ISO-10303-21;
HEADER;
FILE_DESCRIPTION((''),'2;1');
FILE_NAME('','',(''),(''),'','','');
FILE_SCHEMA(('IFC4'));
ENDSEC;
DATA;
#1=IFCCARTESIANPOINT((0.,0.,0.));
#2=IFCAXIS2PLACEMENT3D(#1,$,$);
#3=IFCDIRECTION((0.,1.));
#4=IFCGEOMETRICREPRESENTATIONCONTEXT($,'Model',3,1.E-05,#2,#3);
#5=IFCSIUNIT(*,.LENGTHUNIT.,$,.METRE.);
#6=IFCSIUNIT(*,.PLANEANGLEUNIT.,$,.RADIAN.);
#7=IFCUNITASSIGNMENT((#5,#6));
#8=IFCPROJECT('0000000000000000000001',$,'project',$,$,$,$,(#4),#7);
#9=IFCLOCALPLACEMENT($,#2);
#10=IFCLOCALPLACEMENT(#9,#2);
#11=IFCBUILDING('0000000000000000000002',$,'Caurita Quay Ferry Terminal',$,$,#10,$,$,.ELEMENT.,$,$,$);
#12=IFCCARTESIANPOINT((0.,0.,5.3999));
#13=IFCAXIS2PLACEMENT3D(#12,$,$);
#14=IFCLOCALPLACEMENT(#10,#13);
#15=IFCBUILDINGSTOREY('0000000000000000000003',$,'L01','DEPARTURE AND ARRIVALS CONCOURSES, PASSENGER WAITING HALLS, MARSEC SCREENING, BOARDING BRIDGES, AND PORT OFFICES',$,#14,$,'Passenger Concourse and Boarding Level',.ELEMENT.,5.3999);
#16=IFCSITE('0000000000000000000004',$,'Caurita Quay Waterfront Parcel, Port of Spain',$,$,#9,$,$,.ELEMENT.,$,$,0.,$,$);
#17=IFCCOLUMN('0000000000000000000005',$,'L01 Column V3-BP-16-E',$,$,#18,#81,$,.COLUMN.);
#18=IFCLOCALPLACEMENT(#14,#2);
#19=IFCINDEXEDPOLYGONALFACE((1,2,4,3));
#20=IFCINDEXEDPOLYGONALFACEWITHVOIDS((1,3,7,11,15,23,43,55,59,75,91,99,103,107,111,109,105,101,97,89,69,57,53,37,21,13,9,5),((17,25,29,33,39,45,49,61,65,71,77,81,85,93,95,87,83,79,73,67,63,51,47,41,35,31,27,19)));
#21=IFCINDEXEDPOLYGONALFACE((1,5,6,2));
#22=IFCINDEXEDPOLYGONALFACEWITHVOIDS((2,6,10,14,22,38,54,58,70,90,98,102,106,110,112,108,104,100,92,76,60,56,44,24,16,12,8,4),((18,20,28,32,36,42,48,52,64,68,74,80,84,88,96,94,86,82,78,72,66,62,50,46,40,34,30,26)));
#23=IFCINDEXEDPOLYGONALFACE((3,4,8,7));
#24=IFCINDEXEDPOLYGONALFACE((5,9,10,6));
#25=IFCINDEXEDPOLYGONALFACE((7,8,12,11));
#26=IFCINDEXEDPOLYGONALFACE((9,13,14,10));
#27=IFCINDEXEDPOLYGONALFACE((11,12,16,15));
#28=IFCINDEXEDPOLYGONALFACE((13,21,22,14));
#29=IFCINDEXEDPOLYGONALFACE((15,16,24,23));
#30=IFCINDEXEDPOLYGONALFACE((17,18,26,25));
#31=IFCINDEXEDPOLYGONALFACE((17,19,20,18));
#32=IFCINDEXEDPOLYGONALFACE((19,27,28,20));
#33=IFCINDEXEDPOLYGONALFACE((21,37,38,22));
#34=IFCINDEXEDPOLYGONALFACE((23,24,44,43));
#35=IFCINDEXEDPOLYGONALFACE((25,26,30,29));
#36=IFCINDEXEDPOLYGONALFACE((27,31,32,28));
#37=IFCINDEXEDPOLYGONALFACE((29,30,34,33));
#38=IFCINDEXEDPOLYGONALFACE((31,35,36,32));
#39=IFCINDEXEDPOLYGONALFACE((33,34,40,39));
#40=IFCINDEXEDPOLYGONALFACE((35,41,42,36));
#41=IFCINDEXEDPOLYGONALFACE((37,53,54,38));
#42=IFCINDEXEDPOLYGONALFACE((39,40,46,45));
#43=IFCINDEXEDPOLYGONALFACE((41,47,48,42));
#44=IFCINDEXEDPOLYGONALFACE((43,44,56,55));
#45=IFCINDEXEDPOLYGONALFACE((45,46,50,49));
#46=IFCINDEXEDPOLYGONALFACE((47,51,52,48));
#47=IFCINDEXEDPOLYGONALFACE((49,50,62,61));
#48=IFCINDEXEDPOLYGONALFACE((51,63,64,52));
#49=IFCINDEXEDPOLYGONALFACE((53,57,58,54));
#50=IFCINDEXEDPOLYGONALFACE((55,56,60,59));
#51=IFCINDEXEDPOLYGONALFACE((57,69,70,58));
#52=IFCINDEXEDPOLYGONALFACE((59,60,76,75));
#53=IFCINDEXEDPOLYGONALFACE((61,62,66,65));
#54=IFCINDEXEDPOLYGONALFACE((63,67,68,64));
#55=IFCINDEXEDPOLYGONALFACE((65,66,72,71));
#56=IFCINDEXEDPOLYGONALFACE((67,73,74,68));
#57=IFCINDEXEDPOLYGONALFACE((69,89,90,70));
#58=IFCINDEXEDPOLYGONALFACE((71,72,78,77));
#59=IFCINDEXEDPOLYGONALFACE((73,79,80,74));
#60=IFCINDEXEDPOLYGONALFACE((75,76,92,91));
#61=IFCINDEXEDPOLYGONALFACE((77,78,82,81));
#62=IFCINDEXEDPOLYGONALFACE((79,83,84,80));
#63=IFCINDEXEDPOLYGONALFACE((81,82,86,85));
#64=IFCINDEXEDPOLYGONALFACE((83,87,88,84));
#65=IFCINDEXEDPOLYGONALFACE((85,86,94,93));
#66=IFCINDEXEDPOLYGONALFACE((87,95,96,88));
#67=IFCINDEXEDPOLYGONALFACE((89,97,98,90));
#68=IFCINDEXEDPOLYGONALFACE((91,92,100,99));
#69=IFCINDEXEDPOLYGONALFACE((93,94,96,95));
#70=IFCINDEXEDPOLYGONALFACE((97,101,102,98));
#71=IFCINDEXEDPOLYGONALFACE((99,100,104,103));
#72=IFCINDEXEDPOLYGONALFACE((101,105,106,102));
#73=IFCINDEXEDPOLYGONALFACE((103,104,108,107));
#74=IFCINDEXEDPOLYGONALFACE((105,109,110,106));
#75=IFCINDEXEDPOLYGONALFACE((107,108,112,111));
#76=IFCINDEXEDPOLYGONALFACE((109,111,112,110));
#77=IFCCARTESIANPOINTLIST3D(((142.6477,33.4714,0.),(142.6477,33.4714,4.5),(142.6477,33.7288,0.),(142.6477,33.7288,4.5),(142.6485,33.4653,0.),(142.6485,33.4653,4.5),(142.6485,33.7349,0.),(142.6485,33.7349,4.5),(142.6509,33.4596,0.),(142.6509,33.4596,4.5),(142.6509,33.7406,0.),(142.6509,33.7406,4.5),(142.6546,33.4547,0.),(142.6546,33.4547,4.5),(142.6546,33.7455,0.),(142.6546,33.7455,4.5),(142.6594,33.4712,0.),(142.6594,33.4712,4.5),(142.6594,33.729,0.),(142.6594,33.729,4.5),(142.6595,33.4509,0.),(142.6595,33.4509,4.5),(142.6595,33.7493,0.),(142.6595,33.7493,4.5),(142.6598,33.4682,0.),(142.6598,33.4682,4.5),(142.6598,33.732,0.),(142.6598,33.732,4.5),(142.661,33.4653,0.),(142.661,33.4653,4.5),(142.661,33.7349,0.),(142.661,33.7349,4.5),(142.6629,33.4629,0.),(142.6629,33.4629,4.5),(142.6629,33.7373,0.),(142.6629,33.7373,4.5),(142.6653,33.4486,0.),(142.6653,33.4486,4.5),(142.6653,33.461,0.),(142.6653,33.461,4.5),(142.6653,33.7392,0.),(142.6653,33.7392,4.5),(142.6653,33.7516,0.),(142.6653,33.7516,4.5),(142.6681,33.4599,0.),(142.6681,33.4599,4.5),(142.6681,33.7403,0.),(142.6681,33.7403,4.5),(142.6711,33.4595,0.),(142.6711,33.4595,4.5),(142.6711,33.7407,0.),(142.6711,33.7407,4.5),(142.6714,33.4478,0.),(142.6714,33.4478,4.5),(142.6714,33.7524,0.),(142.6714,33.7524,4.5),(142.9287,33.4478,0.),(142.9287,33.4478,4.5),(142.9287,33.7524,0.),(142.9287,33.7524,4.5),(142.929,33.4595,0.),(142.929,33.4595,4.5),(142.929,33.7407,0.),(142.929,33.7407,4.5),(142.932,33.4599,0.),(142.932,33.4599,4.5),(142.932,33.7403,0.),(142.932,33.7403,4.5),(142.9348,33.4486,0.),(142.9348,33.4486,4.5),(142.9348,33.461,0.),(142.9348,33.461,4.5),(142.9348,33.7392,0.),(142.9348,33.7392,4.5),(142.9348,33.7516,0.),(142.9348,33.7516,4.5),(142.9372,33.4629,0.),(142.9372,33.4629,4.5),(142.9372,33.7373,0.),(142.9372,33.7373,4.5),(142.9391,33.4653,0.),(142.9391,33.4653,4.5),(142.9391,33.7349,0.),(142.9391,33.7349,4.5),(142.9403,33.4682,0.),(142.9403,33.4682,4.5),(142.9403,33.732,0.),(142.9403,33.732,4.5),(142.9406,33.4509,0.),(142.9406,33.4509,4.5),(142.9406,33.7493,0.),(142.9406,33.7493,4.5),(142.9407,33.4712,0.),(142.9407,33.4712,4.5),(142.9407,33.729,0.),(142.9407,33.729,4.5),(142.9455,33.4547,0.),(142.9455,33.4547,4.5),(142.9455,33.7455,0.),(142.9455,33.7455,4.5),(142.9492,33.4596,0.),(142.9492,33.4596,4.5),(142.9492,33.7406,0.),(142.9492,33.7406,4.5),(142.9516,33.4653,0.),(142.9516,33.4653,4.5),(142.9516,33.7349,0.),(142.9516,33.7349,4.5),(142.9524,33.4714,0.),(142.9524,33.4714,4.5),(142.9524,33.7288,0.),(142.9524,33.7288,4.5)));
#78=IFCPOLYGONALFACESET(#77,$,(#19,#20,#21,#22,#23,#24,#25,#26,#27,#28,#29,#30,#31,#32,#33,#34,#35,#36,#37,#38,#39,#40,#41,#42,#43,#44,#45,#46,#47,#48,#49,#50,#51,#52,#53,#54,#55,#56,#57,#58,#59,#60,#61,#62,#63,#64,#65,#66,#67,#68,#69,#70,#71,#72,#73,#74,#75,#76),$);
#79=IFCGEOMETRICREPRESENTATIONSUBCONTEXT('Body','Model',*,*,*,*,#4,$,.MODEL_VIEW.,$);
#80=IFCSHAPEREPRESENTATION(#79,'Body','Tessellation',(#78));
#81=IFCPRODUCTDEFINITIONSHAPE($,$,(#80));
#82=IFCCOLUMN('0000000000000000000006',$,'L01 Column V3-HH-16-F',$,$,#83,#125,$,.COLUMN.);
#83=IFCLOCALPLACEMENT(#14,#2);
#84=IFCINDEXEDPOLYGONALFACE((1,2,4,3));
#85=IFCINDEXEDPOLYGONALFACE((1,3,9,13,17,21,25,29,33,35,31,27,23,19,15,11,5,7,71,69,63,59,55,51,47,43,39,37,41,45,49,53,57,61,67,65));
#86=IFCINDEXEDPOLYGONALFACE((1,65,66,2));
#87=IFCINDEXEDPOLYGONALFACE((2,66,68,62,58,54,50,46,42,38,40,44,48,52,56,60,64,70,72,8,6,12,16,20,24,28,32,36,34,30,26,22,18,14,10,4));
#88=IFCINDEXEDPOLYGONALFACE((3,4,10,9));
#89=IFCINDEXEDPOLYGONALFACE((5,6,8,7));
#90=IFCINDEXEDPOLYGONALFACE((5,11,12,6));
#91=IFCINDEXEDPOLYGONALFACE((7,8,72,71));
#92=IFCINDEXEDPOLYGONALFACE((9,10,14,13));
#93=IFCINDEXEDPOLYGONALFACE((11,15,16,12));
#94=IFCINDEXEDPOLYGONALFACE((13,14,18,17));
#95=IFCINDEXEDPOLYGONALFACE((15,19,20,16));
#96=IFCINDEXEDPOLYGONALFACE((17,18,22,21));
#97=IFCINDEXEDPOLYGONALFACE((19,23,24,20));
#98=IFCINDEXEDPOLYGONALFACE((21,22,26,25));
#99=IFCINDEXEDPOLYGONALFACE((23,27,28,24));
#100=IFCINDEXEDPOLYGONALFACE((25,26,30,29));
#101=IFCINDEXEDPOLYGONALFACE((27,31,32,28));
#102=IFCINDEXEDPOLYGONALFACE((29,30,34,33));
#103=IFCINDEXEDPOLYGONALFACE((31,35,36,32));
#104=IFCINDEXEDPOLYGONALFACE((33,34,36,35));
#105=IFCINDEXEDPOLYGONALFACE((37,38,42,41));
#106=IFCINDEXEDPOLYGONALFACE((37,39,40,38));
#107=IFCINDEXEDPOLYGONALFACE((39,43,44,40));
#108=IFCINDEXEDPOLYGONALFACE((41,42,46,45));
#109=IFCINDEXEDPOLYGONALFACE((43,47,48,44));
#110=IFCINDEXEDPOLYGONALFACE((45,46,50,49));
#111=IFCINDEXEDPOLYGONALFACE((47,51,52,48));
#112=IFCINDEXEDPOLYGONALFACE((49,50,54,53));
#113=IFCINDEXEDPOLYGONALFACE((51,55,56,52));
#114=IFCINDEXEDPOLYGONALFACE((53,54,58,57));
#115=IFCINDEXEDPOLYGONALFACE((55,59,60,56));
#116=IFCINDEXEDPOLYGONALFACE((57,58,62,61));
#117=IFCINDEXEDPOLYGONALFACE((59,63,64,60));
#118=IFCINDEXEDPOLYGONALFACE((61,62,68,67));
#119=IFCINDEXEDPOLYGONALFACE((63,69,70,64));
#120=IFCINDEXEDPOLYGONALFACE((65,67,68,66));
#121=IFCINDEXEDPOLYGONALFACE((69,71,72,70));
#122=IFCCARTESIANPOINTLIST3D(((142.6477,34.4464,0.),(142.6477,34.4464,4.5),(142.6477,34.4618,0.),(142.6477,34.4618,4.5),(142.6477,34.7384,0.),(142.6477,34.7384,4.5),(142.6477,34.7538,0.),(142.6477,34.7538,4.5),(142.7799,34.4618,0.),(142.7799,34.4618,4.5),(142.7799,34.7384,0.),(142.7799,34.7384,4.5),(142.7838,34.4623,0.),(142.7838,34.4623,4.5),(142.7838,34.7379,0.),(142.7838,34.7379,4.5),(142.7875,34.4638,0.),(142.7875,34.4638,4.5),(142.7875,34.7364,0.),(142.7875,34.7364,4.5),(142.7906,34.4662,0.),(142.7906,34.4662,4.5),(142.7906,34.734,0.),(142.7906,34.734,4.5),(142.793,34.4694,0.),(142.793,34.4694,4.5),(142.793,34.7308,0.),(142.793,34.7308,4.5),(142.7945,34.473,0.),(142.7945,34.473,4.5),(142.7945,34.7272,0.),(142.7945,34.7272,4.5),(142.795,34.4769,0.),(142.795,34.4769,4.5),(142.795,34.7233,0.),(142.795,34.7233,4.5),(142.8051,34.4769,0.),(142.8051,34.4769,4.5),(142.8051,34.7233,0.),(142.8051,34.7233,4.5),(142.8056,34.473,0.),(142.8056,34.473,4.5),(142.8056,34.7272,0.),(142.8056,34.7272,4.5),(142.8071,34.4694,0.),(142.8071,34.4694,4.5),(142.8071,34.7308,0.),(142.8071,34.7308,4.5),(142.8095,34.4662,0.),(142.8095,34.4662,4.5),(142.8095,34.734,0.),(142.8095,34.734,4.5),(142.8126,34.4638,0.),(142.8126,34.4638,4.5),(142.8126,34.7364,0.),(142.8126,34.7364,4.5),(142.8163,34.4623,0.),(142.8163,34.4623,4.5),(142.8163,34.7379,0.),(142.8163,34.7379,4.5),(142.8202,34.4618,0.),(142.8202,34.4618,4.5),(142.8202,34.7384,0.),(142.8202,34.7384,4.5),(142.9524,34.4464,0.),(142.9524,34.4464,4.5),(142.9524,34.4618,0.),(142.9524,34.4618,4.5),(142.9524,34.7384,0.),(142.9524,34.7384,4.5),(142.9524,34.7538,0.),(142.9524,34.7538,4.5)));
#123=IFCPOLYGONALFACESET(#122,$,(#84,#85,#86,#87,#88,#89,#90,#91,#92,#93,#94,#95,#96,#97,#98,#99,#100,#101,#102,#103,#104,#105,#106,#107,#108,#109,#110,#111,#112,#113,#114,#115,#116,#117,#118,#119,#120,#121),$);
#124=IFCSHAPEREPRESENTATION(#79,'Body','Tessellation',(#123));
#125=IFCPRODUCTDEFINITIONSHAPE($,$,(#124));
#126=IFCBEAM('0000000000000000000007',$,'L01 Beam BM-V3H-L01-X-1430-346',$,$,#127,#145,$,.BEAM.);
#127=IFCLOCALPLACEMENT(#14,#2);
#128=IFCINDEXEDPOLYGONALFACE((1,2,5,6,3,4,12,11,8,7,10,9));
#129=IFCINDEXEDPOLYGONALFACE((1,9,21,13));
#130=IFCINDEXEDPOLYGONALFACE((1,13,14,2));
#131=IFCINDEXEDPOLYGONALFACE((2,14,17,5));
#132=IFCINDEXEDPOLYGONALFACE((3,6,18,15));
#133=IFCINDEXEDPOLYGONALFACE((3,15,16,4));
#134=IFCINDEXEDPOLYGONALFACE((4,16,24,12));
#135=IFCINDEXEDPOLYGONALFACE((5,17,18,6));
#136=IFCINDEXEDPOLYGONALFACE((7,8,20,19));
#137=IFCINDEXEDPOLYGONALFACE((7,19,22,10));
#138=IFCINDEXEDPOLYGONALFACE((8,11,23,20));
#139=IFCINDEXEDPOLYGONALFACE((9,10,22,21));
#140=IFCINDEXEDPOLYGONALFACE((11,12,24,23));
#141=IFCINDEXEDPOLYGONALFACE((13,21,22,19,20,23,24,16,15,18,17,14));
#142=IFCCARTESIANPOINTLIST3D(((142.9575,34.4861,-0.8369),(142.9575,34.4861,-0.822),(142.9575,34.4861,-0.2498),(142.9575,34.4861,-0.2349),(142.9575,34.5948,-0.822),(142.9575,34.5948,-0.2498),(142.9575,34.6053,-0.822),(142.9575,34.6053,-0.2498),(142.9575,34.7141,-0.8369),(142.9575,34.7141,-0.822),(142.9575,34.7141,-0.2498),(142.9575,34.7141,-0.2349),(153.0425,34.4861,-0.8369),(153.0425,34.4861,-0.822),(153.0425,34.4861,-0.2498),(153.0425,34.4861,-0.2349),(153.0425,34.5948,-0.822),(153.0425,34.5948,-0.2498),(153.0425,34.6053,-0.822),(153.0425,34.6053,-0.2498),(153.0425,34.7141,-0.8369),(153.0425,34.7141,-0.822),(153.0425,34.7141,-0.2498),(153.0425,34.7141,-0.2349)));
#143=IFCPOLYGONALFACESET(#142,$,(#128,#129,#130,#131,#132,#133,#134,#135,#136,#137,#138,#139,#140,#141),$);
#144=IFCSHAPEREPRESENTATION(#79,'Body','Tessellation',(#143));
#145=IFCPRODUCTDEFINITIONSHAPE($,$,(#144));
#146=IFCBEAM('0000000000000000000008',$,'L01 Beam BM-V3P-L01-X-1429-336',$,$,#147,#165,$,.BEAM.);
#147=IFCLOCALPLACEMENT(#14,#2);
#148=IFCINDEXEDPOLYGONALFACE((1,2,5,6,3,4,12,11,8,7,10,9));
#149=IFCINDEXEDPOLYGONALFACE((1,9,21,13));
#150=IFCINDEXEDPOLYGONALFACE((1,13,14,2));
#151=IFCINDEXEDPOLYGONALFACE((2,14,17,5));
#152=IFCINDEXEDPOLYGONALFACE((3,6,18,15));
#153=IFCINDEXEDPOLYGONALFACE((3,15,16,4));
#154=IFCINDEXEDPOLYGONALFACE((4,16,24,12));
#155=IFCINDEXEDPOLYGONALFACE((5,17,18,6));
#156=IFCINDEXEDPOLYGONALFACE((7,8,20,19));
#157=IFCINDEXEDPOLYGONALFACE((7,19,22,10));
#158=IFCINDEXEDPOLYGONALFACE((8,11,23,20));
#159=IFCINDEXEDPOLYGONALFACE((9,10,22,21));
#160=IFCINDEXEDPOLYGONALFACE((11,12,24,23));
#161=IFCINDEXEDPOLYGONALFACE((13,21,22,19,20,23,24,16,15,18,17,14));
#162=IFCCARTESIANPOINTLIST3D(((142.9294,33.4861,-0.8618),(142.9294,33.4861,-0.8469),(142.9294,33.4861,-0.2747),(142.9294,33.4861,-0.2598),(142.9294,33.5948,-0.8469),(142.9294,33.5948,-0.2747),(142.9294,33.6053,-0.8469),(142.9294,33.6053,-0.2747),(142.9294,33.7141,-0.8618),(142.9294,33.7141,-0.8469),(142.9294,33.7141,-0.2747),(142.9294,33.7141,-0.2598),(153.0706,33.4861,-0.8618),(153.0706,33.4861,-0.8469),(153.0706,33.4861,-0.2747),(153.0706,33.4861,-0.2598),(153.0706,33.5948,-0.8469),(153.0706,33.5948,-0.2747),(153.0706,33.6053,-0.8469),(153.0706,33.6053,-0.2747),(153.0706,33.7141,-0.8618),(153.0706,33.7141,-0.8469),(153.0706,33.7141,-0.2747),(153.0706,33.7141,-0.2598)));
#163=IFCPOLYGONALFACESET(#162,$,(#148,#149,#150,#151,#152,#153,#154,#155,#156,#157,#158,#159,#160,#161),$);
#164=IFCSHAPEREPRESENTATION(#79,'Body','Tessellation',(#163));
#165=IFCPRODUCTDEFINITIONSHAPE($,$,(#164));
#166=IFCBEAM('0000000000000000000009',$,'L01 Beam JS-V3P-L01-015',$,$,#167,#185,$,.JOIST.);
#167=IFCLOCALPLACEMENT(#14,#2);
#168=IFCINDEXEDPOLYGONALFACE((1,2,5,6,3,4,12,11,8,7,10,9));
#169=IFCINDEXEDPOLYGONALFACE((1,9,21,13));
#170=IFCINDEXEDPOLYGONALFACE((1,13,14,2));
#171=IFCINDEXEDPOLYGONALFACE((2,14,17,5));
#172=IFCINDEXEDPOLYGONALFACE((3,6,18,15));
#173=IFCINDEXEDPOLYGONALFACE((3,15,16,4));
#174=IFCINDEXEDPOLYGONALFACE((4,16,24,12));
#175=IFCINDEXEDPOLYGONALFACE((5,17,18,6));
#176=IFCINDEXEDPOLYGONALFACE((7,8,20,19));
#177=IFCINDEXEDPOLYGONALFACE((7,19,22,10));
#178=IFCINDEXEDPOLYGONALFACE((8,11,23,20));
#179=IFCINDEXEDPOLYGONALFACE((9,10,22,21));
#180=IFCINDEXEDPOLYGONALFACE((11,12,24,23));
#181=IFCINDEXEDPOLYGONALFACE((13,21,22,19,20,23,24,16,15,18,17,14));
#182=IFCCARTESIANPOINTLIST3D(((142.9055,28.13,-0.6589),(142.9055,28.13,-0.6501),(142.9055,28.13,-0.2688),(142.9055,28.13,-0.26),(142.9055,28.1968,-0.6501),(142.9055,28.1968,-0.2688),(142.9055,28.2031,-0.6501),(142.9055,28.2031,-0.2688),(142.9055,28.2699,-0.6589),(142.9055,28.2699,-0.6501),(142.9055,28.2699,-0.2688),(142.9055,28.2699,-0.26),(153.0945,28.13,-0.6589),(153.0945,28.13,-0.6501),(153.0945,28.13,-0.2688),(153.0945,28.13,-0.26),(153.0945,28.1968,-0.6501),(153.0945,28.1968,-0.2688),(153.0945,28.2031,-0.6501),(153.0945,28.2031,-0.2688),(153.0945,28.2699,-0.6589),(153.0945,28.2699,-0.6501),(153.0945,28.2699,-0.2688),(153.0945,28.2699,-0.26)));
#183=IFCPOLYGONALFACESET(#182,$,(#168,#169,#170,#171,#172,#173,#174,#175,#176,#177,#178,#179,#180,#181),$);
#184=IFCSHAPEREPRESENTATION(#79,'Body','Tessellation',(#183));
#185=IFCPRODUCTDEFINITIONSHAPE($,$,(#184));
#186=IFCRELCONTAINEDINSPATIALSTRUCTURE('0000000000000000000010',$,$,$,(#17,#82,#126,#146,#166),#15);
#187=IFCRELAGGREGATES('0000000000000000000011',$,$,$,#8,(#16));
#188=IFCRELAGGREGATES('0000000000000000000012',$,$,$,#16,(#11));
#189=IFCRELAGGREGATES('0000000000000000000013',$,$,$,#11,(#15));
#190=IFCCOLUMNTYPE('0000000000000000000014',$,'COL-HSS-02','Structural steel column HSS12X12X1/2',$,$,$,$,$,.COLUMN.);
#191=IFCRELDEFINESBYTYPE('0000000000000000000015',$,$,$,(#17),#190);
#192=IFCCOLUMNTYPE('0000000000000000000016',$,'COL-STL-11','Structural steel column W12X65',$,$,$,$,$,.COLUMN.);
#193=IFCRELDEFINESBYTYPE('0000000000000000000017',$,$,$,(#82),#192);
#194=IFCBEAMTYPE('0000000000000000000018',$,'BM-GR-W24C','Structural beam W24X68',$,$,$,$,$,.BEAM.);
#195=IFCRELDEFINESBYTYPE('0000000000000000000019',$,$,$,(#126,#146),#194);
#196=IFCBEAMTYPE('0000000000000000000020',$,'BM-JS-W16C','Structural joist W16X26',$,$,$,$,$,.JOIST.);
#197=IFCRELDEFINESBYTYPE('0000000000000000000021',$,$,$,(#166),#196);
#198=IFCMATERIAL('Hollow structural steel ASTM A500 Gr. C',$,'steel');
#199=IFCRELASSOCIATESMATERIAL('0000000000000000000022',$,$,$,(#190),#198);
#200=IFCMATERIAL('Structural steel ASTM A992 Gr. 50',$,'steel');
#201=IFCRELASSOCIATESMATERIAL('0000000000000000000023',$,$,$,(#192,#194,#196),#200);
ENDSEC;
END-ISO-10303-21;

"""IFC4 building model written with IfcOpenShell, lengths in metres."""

from ifc_helpers import new_model, si_unit, direction, frame, origin, origin_2d, place, context, subcontext, project, spatial, hollow_rectangle, i_section, extrude, material, material_profile, profile_set, type_object, element, save


model = new_model("IFC4")

# Units and contexts
model_context = context("Model", 3, precision=1e-05, world=origin(), true_north=direction((0.0, 1.0)))
body_context = subcontext(model_context, "Body", "Model", "MODEL_VIEW")
ifc_project = project(units=[si_unit("LENGTHUNIT", "METRE"), si_unit("PLANEANGLEUNIT", "RADIAN")], contexts=[model_context])

# Site, building, storey
site_placement = place(None, origin())
site = spatial("IfcSite", under=ifc_project, at=site_placement, Name="Caurita Quay Waterfront Parcel, Port of Spain", CompositionType="ELEMENT", RefElevation=0.0)
building_placement = place(site_placement, origin())
building = spatial("IfcBuilding", under=site, at=building_placement, Name="Caurita Quay Ferry Terminal", CompositionType="ELEMENT")
storey_placement = place(building_placement, frame((0.0, 0.0, 5.3999)))
storey = spatial("IfcBuildingStorey", under=building, at=storey_placement, Name="L01", Description="DEPARTURE AND ARRIVALS CONCOURSES, PASSENGER WAITING HALLS, MARSEC SCREENING, BOARDING BRIDGES, AND PORT OFFICES", LongName="Passenger Concourse and Boarding Level", CompositionType="ELEMENT", Elevation=5.3999)

# Columns
ifc_material_1 = material(Name="Hollow structural steel ASTM A500 Gr. C", Category="steel")
ifc_material_profile_1 = material_profile(ifc_material_1, hollow_rectangle(XDim=0.3047, YDim=0.3047, WallThickness=0.0117, InnerFilletRadius=0.0117, OuterFilletRadius=0.0237, at=origin_2d()), Name="HSS12X12X1/2")
ifc_profile_set_1 = profile_set([ifc_material_profile_1], Name="Hollow structural steel ASTM A500 Gr. C")
column_type_1 = type_object("IfcColumnType", Name="COL-HSS-02", Description="Structural steel column HSS12X12X1/2", PredefinedType="COLUMN", material=ifc_profile_set_1)
column_1_placement = place(storey_placement, frame((142.8, 33.6001, 0.0), z_axis=(0.0, 0.0, 1.0), x_axis=(1.0, 0.0, 0.0)))
element("IfcColumn", 1, at=column_1_placement, inside=storey, type_object=column_type_1, Name="L01 Column V3-BP-16-E", PredefinedType="COLUMN", context=body_context, shape_type="SweptSolid", body=[
    extrude(hollow_rectangle(XDim=0.3047, YDim=0.3047, WallThickness=0.0117, InnerFilletRadius=0.0117, OuterFilletRadius=0.0237, at=origin_2d()), origin(), (0.0, 0.0, 1.0), 4.5),
])
ifc_material_2 = material(Name="Structural steel ASTM A992 Gr. 50", Category="steel")
ifc_material_profile_2 = material_profile(ifc_material_2, i_section(OverallWidth=0.3047, OverallDepth=0.3074, WebThickness=0.01, FlangeThickness=0.0154, FilletRadius=0.0151, at=origin_2d()), Name="W12X65")
ifc_profile_set_2 = profile_set([ifc_material_profile_2], Name="Structural steel ASTM A992 Gr. 50")
column_type_2 = type_object("IfcColumnType", Name="COL-STL-11", Description="Structural steel column W12X65", PredefinedType="COLUMN", material=ifc_profile_set_2)
column_2_placement = place(storey_placement, frame((142.8, 34.6001, 0.0), z_axis=(0.0, 0.0, 1.0), x_axis=(1.0, 0.0, 0.0)))
element("IfcColumn", 2, at=column_2_placement, inside=storey, type_object=column_type_2, Name="L01 Column V3-HH-16-F", PredefinedType="COLUMN", context=body_context, shape_type="SweptSolid", body=[
    extrude(i_section(OverallWidth=0.3047, OverallDepth=0.3074, WebThickness=0.01, FlangeThickness=0.0154, FilletRadius=0.0151, at=origin_2d()), origin(), (0.0, 0.0, 1.0), 4.5),
])

# Beams
ifc_material_profile_3 = material_profile(ifc_material_2, i_section(OverallWidth=0.228, OverallDepth=0.6021, WebThickness=0.0105, FlangeThickness=0.0149, at=origin_2d()), Name="W24X68")
ifc_profile_set_3 = profile_set([ifc_material_profile_3], Name="Structural steel ASTM A992 Gr. 50")
beam_type_1 = type_object("IfcBeamType", Name="BM-GR-W24C", Description="Structural beam W24X68", PredefinedType="BEAM", material=ifc_profile_set_3)
beam_1_placement = place(storey_placement, frame((142.9575, 34.6001, -0.5359), z_axis=(1.0, 0.0, 0.0), x_axis=(0.0, 1.0, 0.0)))
element("IfcBeam", 3, at=beam_1_placement, inside=storey, type_object=beam_type_1, Name="L01 Beam BM-V3H-L01-X-1430-346", PredefinedType="BEAM", context=body_context, shape_type="SweptSolid", body=[
    extrude(i_section(OverallWidth=0.228, OverallDepth=0.6021, WebThickness=0.0105, FlangeThickness=0.0149, at=origin_2d()), origin(), (0.0, 0.0, 1.0), 10.085),
])
beam_2_placement = place(storey_placement, frame((142.9294, 33.6001, -0.5608), z_axis=(1.0, 0.0, 0.0), x_axis=(0.0, 1.0, 0.0)))
element("IfcBeam", 4, at=beam_2_placement, inside=storey, type_object=beam_type_1, Name="L01 Beam BM-V3P-L01-X-1429-336", PredefinedType="BEAM", context=body_context, shape_type="SweptSolid", body=[
    extrude(i_section(OverallWidth=0.228, OverallDepth=0.6021, WebThickness=0.0105, FlangeThickness=0.0149, at=origin_2d()), origin(), (0.0, 0.0, 1.0), 10.1411),
])
ifc_material_profile_4 = material_profile(ifc_material_2, i_section(OverallWidth=0.1399, OverallDepth=0.3989, WebThickness=0.0063, FlangeThickness=0.0088, at=origin_2d()), Name="W16X26")
ifc_profile_set_4 = profile_set([ifc_material_profile_4], Name="Structural steel ASTM A992 Gr. 50")
beam_type_2 = type_object("IfcBeamType", Name="BM-JS-W16C", Description="Structural joist W16X26", PredefinedType="JOIST", material=ifc_profile_set_4)
for number, where, z_axis, x_axis, name in (
    (5, (142.9055, 28.2, -0.4595), (1.0, 0.0, 0.0), (0.0, 1.0, 0.0), "L01 Beam JS-V3P-L01-015"),
):
    element("IfcBeam", number, at=place(storey_placement, frame(where, z_axis=z_axis, x_axis=x_axis)), inside=storey, type_object=beam_type_2, Name=name, PredefinedType="JOIST", context=body_context, shape_type="SweptSolid", body=[
        extrude(i_section(OverallWidth=0.1399, OverallDepth=0.3989, WebThickness=0.0063, FlangeThickness=0.0088, at=origin_2d()), origin(), (0.0, 0.0, 1.0), 10.189),
    ])

save(model, "model.ifc")
